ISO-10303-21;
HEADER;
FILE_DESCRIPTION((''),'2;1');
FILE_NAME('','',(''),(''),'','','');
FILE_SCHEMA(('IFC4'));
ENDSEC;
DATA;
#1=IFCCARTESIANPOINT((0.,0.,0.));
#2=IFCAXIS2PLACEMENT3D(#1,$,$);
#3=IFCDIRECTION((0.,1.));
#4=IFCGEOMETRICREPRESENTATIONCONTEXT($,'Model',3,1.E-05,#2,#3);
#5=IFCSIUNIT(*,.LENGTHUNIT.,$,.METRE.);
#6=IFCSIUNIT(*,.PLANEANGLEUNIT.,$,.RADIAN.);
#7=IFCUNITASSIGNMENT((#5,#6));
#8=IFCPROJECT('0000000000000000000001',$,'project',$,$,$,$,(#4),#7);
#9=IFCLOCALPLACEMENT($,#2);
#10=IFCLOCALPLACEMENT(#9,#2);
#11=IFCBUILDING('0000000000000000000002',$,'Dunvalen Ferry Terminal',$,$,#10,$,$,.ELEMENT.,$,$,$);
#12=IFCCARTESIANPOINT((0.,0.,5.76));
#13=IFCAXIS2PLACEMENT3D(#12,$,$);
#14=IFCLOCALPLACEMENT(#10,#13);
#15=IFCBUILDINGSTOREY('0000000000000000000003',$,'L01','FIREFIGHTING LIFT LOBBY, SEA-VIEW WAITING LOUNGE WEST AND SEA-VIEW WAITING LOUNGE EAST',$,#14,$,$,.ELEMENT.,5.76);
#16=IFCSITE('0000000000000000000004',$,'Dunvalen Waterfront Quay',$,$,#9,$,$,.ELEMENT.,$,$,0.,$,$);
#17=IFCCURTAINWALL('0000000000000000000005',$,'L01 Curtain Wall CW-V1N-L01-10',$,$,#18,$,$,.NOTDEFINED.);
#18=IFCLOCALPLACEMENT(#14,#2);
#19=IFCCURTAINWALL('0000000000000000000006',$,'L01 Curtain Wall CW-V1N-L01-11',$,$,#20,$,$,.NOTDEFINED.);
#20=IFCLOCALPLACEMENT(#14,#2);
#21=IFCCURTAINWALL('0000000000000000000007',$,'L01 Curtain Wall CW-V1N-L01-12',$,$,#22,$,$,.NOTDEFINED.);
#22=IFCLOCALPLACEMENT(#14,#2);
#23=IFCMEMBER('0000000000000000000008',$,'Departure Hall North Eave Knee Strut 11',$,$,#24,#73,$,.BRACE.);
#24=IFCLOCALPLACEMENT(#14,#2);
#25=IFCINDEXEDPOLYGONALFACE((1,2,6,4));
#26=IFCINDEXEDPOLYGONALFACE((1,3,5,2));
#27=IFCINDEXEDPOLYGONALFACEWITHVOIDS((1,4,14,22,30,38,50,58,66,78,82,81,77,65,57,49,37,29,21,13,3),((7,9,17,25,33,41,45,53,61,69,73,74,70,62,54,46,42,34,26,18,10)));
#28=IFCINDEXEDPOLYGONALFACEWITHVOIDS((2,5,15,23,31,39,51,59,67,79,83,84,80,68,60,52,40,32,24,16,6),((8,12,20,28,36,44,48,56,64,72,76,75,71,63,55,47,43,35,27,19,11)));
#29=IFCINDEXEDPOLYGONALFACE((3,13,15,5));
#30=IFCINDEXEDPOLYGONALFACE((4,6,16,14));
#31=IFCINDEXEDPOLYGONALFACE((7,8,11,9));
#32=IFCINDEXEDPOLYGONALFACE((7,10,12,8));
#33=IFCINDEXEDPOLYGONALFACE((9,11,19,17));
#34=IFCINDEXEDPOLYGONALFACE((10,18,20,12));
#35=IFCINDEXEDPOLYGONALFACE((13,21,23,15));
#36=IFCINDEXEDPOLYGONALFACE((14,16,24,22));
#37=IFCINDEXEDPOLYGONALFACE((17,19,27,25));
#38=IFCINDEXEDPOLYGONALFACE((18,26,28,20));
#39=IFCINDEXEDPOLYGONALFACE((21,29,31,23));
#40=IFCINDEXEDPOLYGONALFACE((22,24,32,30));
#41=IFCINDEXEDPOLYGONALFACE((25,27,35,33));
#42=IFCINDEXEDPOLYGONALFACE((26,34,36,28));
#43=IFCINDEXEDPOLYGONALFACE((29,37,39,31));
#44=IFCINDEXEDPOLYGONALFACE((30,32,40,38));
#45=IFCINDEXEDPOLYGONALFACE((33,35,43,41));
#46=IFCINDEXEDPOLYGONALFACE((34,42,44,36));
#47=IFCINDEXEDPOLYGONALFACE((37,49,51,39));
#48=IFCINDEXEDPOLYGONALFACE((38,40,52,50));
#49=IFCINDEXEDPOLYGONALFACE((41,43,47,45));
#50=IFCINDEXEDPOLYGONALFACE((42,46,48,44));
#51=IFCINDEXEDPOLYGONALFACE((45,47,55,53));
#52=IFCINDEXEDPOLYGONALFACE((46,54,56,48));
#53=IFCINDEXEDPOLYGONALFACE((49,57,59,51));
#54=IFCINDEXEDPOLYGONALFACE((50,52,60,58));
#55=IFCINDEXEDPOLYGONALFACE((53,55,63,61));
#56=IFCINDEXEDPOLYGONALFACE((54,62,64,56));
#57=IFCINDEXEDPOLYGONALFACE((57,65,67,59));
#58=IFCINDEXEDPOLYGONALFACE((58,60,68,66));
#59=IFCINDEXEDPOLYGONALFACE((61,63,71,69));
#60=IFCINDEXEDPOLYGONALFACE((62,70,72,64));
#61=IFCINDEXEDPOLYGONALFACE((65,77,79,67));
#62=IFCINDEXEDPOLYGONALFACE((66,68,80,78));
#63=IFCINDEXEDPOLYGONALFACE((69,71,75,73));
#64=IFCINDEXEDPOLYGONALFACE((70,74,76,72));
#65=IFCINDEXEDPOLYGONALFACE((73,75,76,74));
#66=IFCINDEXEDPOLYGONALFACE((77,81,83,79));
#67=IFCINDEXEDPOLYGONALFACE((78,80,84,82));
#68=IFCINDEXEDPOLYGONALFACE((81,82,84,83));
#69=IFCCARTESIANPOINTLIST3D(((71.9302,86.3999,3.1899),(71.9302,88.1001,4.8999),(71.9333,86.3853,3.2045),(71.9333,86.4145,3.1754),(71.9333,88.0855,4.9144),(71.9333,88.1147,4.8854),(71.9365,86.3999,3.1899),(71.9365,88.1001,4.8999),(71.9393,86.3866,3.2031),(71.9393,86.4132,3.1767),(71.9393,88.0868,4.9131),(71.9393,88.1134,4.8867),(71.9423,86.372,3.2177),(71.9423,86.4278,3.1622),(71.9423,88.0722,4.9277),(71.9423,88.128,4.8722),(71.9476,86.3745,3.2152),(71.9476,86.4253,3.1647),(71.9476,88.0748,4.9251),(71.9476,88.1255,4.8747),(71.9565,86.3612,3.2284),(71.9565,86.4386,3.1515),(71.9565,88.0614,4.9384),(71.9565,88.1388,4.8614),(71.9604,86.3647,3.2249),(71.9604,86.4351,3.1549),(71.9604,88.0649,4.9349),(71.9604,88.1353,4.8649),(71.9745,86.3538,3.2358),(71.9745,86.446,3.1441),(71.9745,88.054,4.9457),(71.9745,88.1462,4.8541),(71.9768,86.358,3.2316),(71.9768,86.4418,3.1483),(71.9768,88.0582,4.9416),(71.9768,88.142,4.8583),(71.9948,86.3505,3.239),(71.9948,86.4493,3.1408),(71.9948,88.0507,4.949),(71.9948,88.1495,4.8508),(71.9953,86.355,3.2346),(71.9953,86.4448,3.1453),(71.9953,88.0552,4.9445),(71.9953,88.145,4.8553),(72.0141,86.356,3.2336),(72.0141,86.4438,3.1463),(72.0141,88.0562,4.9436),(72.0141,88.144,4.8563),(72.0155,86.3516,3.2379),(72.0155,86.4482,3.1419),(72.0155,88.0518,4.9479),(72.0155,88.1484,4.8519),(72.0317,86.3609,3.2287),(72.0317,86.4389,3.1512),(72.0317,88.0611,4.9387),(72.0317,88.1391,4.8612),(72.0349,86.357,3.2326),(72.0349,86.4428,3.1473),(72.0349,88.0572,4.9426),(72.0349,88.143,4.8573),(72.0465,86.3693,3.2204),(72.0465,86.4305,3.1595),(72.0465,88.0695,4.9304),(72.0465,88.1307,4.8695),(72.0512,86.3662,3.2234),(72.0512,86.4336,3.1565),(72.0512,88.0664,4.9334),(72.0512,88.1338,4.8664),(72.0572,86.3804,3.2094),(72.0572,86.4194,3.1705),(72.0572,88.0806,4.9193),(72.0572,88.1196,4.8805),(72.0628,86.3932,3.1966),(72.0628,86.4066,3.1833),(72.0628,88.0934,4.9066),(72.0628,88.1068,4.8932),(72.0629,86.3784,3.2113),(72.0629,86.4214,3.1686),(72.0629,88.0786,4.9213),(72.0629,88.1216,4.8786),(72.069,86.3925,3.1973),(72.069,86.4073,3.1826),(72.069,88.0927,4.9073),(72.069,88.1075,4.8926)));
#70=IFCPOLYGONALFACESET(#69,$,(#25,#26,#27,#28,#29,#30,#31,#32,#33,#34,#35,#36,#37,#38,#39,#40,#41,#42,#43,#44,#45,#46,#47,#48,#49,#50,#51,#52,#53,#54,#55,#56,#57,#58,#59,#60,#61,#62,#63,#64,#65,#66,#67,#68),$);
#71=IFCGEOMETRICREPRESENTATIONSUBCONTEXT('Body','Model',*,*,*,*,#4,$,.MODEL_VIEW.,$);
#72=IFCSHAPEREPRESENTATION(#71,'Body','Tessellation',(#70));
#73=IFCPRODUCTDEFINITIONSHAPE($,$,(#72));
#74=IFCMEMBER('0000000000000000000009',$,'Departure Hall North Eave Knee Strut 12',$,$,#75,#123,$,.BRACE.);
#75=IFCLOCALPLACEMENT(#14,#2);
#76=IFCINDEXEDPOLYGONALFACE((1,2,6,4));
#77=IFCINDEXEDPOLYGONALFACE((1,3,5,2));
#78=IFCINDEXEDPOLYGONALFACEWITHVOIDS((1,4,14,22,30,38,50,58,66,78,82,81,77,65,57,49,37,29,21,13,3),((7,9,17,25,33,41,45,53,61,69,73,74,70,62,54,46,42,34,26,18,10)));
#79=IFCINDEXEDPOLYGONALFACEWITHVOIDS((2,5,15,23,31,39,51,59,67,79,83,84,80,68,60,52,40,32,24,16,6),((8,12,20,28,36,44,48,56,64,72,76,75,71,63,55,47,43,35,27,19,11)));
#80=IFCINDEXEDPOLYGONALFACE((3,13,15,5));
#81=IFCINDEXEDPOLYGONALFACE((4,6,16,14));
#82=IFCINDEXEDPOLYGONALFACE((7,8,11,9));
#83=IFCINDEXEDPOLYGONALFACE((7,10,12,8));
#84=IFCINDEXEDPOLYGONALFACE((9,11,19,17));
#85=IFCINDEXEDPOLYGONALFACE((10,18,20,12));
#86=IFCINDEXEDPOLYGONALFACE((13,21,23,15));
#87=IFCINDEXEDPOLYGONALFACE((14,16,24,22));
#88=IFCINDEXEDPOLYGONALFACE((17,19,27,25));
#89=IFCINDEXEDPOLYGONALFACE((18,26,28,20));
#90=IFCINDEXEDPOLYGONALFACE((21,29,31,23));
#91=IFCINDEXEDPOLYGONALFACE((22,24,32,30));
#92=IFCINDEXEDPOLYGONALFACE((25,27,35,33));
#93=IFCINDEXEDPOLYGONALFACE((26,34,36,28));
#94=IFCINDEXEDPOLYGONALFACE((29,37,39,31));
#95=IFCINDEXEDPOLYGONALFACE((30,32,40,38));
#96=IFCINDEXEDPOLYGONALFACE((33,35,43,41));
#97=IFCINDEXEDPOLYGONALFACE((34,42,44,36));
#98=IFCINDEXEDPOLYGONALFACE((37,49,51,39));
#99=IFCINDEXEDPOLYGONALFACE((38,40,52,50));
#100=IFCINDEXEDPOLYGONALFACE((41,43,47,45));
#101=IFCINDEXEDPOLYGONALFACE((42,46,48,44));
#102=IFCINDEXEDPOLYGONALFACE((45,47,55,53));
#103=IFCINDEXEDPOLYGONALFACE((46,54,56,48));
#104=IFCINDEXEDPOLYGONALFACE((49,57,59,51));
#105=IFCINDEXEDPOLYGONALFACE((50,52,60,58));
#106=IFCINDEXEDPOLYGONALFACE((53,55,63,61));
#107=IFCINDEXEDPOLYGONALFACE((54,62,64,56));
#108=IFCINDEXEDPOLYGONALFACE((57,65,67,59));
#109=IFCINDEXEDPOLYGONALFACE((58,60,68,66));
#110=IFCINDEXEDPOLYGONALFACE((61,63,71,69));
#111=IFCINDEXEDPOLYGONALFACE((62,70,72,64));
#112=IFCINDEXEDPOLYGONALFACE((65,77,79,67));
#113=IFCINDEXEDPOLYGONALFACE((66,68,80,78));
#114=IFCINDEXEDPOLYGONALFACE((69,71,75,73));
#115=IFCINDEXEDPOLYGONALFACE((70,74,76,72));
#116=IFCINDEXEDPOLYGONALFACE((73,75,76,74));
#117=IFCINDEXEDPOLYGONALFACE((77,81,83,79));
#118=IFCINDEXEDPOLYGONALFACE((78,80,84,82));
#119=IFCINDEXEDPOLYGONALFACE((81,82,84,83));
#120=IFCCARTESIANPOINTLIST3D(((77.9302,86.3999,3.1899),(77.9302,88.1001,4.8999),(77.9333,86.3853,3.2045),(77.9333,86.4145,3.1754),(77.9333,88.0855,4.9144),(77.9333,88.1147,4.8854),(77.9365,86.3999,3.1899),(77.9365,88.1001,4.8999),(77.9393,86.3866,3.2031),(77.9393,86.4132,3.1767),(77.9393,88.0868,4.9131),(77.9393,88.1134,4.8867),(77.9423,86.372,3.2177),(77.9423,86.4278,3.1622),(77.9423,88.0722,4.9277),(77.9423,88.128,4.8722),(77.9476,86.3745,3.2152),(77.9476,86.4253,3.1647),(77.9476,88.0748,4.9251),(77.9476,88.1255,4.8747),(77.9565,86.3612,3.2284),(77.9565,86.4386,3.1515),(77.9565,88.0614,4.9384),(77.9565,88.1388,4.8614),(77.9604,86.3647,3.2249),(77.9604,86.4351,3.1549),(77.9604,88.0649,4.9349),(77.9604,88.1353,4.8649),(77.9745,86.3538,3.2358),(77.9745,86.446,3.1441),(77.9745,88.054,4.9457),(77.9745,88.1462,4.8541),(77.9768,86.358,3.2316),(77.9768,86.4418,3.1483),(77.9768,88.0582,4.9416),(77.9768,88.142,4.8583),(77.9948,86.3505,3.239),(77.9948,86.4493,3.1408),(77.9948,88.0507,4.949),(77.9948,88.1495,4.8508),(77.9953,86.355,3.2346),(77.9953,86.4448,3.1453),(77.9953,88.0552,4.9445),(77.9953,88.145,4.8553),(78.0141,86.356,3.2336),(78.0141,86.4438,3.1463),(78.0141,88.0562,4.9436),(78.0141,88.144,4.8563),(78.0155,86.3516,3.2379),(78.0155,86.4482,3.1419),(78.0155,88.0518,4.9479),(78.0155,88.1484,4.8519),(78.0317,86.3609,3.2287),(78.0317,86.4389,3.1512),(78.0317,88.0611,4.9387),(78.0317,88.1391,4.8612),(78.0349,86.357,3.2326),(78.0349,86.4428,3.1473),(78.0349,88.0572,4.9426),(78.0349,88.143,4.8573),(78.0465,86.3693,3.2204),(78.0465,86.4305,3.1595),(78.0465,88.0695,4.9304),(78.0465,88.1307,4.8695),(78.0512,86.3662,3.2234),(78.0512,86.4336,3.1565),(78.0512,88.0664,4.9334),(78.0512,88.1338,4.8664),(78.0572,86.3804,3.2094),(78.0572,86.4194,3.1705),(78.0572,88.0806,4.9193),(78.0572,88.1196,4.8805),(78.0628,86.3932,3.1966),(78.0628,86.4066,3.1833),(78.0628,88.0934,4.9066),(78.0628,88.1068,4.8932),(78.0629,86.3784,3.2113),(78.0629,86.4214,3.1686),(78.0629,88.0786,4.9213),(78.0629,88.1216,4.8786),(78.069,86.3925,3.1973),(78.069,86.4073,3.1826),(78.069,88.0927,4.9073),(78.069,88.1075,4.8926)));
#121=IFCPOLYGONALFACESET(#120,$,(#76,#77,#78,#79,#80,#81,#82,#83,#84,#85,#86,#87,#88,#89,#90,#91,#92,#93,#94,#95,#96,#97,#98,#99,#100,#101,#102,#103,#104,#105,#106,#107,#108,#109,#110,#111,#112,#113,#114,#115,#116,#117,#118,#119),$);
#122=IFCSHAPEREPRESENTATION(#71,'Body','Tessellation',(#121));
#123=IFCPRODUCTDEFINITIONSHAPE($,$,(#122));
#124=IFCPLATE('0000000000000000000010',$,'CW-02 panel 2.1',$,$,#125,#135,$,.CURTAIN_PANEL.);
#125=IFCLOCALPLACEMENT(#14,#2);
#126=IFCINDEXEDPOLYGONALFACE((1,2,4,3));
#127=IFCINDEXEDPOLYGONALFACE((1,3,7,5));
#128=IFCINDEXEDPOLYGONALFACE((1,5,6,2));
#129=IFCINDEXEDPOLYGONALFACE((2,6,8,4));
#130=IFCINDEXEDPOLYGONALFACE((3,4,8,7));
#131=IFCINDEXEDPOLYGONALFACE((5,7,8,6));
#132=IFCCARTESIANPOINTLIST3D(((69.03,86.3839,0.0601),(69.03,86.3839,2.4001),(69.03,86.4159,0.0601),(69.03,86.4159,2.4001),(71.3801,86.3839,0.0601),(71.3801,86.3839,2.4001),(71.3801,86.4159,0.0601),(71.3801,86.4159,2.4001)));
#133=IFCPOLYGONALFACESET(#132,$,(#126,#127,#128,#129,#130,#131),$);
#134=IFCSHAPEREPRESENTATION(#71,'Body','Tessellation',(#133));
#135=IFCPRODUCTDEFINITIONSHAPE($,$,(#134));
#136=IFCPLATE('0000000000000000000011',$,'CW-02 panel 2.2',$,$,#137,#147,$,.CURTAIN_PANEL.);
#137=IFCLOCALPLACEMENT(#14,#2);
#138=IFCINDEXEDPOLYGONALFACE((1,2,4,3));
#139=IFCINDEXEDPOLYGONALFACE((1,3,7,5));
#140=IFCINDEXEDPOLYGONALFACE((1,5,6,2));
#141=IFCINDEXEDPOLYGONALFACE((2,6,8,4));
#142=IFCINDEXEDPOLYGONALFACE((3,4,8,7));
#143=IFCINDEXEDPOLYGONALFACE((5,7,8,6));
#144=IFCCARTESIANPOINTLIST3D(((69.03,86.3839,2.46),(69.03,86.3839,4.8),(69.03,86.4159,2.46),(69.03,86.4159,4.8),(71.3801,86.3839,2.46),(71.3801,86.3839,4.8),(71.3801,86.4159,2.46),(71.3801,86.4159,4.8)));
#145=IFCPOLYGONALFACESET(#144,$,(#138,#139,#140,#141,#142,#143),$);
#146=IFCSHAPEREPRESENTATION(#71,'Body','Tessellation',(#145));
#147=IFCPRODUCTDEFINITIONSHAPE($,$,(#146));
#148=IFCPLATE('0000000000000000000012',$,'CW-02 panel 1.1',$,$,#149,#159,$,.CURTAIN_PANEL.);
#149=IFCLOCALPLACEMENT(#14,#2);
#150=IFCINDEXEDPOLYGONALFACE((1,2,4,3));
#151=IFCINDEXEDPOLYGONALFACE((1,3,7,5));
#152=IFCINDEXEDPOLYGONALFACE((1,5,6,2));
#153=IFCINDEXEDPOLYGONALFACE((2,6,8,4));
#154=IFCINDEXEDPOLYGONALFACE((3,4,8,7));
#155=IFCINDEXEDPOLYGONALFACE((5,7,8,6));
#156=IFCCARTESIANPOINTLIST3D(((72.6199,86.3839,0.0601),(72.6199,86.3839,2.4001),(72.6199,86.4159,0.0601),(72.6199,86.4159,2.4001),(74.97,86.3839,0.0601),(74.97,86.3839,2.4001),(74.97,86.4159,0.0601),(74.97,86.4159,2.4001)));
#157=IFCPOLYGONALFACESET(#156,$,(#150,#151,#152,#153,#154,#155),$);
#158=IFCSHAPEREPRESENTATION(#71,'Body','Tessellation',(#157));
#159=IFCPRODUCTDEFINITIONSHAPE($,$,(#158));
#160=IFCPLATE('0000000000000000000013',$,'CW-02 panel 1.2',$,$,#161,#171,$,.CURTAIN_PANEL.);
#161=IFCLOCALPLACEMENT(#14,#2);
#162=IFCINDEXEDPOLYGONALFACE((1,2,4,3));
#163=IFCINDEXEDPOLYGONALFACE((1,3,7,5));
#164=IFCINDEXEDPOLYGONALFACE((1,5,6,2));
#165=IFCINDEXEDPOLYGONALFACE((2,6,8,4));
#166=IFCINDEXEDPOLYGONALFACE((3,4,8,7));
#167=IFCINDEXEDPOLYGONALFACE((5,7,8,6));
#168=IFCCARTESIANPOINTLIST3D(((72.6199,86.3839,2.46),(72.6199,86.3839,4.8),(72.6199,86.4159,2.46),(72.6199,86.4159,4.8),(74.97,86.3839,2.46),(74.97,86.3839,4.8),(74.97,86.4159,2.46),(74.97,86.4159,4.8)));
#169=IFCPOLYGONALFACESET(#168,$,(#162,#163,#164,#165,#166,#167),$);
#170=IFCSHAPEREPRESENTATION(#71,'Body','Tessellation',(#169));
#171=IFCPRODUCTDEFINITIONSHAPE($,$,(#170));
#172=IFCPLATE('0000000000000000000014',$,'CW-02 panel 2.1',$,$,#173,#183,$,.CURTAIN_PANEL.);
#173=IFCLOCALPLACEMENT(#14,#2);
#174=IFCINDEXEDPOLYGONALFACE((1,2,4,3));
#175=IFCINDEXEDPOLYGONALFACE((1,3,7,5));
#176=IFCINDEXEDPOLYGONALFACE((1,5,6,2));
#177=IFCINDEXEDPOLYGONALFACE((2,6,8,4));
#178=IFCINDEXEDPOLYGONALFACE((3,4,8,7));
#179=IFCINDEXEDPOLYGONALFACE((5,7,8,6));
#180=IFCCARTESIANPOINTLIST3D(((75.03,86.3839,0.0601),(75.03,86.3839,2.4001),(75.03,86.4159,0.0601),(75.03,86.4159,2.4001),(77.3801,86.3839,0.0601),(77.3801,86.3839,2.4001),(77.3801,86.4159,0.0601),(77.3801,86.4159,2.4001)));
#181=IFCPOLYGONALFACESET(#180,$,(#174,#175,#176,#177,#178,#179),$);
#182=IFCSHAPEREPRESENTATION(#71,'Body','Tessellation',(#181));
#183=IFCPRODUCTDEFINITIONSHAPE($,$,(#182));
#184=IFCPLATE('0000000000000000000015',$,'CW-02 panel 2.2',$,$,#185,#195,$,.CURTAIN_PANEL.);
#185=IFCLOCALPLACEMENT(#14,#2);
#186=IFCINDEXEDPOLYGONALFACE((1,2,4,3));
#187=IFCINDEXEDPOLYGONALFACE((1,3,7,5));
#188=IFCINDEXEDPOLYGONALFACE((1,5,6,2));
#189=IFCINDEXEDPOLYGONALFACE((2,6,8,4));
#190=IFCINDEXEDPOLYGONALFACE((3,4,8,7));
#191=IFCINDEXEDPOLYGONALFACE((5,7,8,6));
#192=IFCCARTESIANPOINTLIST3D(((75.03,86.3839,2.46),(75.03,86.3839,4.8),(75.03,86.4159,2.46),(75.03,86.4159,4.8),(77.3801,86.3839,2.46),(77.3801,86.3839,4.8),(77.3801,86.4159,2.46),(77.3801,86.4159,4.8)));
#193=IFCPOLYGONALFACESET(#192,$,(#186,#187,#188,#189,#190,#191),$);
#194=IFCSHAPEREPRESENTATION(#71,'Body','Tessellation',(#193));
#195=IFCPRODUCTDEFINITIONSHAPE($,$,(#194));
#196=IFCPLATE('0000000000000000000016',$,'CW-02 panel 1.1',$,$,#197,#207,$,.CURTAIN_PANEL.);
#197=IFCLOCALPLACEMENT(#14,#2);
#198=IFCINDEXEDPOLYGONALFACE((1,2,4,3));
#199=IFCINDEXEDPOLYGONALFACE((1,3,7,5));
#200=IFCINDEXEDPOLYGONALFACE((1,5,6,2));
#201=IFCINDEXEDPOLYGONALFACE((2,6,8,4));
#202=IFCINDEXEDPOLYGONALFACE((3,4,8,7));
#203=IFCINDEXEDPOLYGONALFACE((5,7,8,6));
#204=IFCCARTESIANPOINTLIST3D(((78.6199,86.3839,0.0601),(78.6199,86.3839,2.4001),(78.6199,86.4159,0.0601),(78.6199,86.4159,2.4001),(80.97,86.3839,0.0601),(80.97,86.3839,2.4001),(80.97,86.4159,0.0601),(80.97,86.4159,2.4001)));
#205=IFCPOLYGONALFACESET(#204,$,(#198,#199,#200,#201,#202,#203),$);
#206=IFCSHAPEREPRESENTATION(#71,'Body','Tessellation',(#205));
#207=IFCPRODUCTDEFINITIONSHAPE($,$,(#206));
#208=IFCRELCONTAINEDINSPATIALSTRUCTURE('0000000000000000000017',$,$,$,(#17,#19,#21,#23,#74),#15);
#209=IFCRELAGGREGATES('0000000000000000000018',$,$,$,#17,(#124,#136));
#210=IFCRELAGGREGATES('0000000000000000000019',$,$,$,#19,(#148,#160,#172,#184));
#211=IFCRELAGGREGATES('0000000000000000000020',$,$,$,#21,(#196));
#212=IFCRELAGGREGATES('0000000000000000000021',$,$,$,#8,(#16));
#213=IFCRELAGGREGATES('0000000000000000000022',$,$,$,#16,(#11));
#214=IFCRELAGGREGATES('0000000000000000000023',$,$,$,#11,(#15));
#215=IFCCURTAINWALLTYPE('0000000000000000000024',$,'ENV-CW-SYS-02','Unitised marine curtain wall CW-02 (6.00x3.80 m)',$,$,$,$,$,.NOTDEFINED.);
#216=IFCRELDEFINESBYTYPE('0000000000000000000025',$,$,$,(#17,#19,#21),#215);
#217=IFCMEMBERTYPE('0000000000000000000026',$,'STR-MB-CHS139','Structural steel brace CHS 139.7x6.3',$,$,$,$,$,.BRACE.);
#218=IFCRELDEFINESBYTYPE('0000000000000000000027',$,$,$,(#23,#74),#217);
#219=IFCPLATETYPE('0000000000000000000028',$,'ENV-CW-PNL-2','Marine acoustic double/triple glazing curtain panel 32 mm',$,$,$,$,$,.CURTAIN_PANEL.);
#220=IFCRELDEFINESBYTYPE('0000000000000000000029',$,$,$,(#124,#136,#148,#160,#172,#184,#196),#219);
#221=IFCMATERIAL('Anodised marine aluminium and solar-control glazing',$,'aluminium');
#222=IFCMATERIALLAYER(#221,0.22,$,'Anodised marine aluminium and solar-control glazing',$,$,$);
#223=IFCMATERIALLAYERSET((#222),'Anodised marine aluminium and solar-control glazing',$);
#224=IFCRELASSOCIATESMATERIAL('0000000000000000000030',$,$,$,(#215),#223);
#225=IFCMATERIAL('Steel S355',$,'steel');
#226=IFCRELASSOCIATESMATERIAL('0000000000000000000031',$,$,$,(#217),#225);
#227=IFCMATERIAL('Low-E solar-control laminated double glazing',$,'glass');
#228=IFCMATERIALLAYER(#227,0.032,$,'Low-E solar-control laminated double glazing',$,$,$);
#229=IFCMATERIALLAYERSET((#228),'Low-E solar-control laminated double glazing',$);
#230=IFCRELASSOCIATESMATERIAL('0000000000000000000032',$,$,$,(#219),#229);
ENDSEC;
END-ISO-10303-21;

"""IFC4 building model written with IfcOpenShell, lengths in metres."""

from ifc_helpers import new_model, si_unit, direction, frame, origin, origin_2d, place, context, subcontext, project, spatial, rectangle, hollow_circle, extrude, material, layer, layer_set, material_profile, profile_set, type_object, element, aggregate, save


model = new_model("IFC4")

# Units and contexts
model_context = context("Model", 3, precision=1e-05, world=origin(), true_north=direction((0.0, 1.0)))
body_context = subcontext(model_context, "Body", "Model", "MODEL_VIEW")
ifc_project = project(units=[si_unit("LENGTHUNIT", "METRE"), si_unit("PLANEANGLEUNIT", "RADIAN")], contexts=[model_context])

# Site, building, storey
site_placement = place(None, origin())
site = spatial("IfcSite", under=ifc_project, at=site_placement, Name="Dunvalen Waterfront Quay", CompositionType="ELEMENT", RefElevation=0.0)
building_placement = place(site_placement, origin())
building = spatial("IfcBuilding", under=site, at=building_placement, Name="Dunvalen Ferry Terminal", CompositionType="ELEMENT")
storey_placement = place(building_placement, frame((0.0, 0.0, 5.76)))
storey = spatial("IfcBuildingStorey", under=building, at=storey_placement, Name="L01", Description="FIREFIGHTING LIFT LOBBY, SEA-VIEW WAITING LOUNGE WEST AND SEA-VIEW WAITING LOUNGE EAST", CompositionType="ELEMENT", Elevation=5.76)

# Curtain walls
ifc_material_1 = material(Name="Anodised marine aluminium and solar-control glazing", Category="aluminium")
ifc_layer_1 = layer(ifc_material_1, 0.22, Name="Anodised marine aluminium and solar-control glazing")
ifc_layer_set_1 = layer_set([ifc_layer_1], Name="Anodised marine aluminium and solar-control glazing")
curtain_wall_type = type_object("IfcCurtainWallType", Name="ENV-CW-SYS-02", Description="Unitised marine curtain wall CW-02 (6.00x3.80 m)", PredefinedType="NOTDEFINED", material=ifc_layer_set_1)
curtain_wall_1_placement = place(storey_placement, origin())
curtain_wall_1 = element("IfcCurtainWall", 1, at=curtain_wall_1_placement, inside=storey, type_object=curtain_wall_type, Name="L01 Curtain Wall CW-V1N-L01-10", PredefinedType="NOTDEFINED")
curtain_wall_2_placement = place(storey_placement, origin())
curtain_wall_2 = element("IfcCurtainWall", 2, at=curtain_wall_2_placement, inside=storey, type_object=curtain_wall_type, Name="L01 Curtain Wall CW-V1N-L01-11", PredefinedType="NOTDEFINED")
curtain_wall_3_placement = place(storey_placement, origin())
curtain_wall_3 = element("IfcCurtainWall", 3, at=curtain_wall_3_placement, inside=storey, type_object=curtain_wall_type, Name="L01 Curtain Wall CW-V1N-L01-12", PredefinedType="NOTDEFINED")

# Shared definitions
ifc_material_2 = material(Name="Steel S355", Category="steel")

# Members
ifc_material_profile_1 = material_profile(ifc_material_2, hollow_circle(Radius=0.0698, WallThickness=0.0063, at=origin_2d()), Name="Steel S355")
ifc_profile_set_1 = profile_set([ifc_material_profile_1], Name="Steel S355")
member_type_1 = type_object("IfcMemberType", Name="STR-MB-CHS139", Description="Structural steel brace CHS 139.7x6.3", PredefinedType="BRACE", material=ifc_profile_set_1)
for number, where, z_axis, x_axis, name in (
    (4, (72.0, 86.3999, 3.1899), (0.0, 0.705079, 0.709129), (-1.0, 0.0, 0.0), "Departure Hall North Eave Knee Strut 11"),
    (5, (78.0, 86.3999, 3.1899), (0.0, 0.705079, 0.709129), (-1.0, 0.0, 0.0), "Departure Hall North Eave Knee Strut 12"),
):
    element("IfcMember", number, at=place(storey_placement, frame(where, z_axis=z_axis, x_axis=x_axis)), inside=storey, type_object=member_type_1, Name=name, PredefinedType="BRACE", context=body_context, shape_type="SweptSolid", body=[
        extrude(hollow_circle(Radius=0.0698, WallThickness=0.0063, at=origin_2d()), origin(), (0.0, 0.0, 1.0), 2.4114),
    ])

# Plates
ifc_material_3 = material(Name="Low-E solar-control laminated double glazing", Category="glass")
ifc_layer_2 = layer(ifc_material_3, 0.032, Name="Low-E solar-control laminated double glazing")
ifc_layer_set_2 = layer_set([ifc_layer_2], Name="Low-E solar-control laminated double glazing")
plate_type_1 = type_object("IfcPlateType", Name="ENV-CW-PNL-2", Description="Marine acoustic double/triple glazing curtain panel 32 mm", PredefinedType="CURTAIN_PANEL", material=ifc_layer_set_2)
plate_1_placement = place(storey_placement, frame((70.2051, 86.3999, 0.0601), z_axis=(0.0, 0.0, 1.0), x_axis=(1.0, 0.0, 0.0)))
plate_1 = element("IfcPlate", 6, at=plate_1_placement, type_object=plate_type_1, Name="CW-02 panel 2.1", PredefinedType="CURTAIN_PANEL", context=body_context, shape_type="SweptSolid", body=[
    extrude(rectangle(XDim=2.3501, YDim=0.032, at=origin_2d()), origin(), (0.0, 0.0, 1.0), 2.3401),
])
plate_2_placement = place(storey_placement, frame((70.2051, 86.3999, 2.46), z_axis=(0.0, 0.0, 1.0), x_axis=(1.0, 0.0, 0.0)))
plate_2 = element("IfcPlate", 7, at=plate_2_placement, type_object=plate_type_1, Name="CW-02 panel 2.2", PredefinedType="CURTAIN_PANEL", context=body_context, shape_type="SweptSolid", body=[
    extrude(rectangle(XDim=2.3501, YDim=0.032, at=origin_2d()), origin(), (0.0, 0.0, 1.0), 2.3401),
])
aggregate(curtain_wall_1, [plate_1, plate_2])
plate_3_placement = place(storey_placement, frame((73.7949, 86.3999, 0.0601), z_axis=(0.0, 0.0, 1.0), x_axis=(1.0, 0.0, 0.0)))
plate_3 = element("IfcPlate", 8, at=plate_3_placement, type_object=plate_type_1, Name="CW-02 panel 1.1", PredefinedType="CURTAIN_PANEL", context=body_context, shape_type="SweptSolid", body=[
    extrude(rectangle(XDim=2.3501, YDim=0.032, at=origin_2d()), origin(), (0.0, 0.0, 1.0), 2.3401),
])
plate_4_placement = place(storey_placement, frame((73.7949, 86.3999, 2.46), z_axis=(0.0, 0.0, 1.0), x_axis=(1.0, 0.0, 0.0)))
plate_4 = element("IfcPlate", 9, at=plate_4_placement, type_object=plate_type_1, Name="CW-02 panel 1.2", PredefinedType="CURTAIN_PANEL", context=body_context, shape_type="SweptSolid", body=[
    extrude(rectangle(XDim=2.3501, YDim=0.032, at=origin_2d()), origin(), (0.0, 0.0, 1.0), 2.3401),
])
plate_5_placement = place(storey_placement, frame((76.2051, 86.3999, 0.0601), z_axis=(0.0, 0.0, 1.0), x_axis=(1.0, 0.0, 0.0)))
plate_5 = element("IfcPlate", 10, at=plate_5_placement, type_object=plate_type_1, Name="CW-02 panel 2.1", PredefinedType="CURTAIN_PANEL", context=body_context, shape_type="SweptSolid", body=[
    extrude(rectangle(XDim=2.3501, YDim=0.032, at=origin_2d()), origin(), (0.0, 0.0, 1.0), 2.3401),
])
plate_6_placement = place(storey_placement, frame((76.2051, 86.3999, 2.46), z_axis=(0.0, 0.0, 1.0), x_axis=(1.0, 0.0, 0.0)))
plate_6 = element("IfcPlate", 11, at=plate_6_placement, type_object=plate_type_1, Name="CW-02 panel 2.2", PredefinedType="CURTAIN_PANEL", context=body_context, shape_type="SweptSolid", body=[
    extrude(rectangle(XDim=2.3501, YDim=0.032, at=origin_2d()), origin(), (0.0, 0.0, 1.0), 2.3401),
])
aggregate(curtain_wall_2, [plate_3, plate_4, plate_5, plate_6])
plate_7_placement = place(storey_placement, frame((79.7949, 86.3999, 0.0601), z_axis=(0.0, 0.0, 1.0), x_axis=(1.0, 0.0, 0.0)))
plate_7 = element("IfcPlate", 12, at=plate_7_placement, type_object=plate_type_1, Name="CW-02 panel 1.1", PredefinedType="CURTAIN_PANEL", context=body_context, shape_type="SweptSolid", body=[
    extrude(rectangle(XDim=2.3501, YDim=0.032, at=origin_2d()), origin(), (0.0, 0.0, 1.0), 2.3401),
])
aggregate(curtain_wall_3, [plate_7])

save(model, "model.ifc")
